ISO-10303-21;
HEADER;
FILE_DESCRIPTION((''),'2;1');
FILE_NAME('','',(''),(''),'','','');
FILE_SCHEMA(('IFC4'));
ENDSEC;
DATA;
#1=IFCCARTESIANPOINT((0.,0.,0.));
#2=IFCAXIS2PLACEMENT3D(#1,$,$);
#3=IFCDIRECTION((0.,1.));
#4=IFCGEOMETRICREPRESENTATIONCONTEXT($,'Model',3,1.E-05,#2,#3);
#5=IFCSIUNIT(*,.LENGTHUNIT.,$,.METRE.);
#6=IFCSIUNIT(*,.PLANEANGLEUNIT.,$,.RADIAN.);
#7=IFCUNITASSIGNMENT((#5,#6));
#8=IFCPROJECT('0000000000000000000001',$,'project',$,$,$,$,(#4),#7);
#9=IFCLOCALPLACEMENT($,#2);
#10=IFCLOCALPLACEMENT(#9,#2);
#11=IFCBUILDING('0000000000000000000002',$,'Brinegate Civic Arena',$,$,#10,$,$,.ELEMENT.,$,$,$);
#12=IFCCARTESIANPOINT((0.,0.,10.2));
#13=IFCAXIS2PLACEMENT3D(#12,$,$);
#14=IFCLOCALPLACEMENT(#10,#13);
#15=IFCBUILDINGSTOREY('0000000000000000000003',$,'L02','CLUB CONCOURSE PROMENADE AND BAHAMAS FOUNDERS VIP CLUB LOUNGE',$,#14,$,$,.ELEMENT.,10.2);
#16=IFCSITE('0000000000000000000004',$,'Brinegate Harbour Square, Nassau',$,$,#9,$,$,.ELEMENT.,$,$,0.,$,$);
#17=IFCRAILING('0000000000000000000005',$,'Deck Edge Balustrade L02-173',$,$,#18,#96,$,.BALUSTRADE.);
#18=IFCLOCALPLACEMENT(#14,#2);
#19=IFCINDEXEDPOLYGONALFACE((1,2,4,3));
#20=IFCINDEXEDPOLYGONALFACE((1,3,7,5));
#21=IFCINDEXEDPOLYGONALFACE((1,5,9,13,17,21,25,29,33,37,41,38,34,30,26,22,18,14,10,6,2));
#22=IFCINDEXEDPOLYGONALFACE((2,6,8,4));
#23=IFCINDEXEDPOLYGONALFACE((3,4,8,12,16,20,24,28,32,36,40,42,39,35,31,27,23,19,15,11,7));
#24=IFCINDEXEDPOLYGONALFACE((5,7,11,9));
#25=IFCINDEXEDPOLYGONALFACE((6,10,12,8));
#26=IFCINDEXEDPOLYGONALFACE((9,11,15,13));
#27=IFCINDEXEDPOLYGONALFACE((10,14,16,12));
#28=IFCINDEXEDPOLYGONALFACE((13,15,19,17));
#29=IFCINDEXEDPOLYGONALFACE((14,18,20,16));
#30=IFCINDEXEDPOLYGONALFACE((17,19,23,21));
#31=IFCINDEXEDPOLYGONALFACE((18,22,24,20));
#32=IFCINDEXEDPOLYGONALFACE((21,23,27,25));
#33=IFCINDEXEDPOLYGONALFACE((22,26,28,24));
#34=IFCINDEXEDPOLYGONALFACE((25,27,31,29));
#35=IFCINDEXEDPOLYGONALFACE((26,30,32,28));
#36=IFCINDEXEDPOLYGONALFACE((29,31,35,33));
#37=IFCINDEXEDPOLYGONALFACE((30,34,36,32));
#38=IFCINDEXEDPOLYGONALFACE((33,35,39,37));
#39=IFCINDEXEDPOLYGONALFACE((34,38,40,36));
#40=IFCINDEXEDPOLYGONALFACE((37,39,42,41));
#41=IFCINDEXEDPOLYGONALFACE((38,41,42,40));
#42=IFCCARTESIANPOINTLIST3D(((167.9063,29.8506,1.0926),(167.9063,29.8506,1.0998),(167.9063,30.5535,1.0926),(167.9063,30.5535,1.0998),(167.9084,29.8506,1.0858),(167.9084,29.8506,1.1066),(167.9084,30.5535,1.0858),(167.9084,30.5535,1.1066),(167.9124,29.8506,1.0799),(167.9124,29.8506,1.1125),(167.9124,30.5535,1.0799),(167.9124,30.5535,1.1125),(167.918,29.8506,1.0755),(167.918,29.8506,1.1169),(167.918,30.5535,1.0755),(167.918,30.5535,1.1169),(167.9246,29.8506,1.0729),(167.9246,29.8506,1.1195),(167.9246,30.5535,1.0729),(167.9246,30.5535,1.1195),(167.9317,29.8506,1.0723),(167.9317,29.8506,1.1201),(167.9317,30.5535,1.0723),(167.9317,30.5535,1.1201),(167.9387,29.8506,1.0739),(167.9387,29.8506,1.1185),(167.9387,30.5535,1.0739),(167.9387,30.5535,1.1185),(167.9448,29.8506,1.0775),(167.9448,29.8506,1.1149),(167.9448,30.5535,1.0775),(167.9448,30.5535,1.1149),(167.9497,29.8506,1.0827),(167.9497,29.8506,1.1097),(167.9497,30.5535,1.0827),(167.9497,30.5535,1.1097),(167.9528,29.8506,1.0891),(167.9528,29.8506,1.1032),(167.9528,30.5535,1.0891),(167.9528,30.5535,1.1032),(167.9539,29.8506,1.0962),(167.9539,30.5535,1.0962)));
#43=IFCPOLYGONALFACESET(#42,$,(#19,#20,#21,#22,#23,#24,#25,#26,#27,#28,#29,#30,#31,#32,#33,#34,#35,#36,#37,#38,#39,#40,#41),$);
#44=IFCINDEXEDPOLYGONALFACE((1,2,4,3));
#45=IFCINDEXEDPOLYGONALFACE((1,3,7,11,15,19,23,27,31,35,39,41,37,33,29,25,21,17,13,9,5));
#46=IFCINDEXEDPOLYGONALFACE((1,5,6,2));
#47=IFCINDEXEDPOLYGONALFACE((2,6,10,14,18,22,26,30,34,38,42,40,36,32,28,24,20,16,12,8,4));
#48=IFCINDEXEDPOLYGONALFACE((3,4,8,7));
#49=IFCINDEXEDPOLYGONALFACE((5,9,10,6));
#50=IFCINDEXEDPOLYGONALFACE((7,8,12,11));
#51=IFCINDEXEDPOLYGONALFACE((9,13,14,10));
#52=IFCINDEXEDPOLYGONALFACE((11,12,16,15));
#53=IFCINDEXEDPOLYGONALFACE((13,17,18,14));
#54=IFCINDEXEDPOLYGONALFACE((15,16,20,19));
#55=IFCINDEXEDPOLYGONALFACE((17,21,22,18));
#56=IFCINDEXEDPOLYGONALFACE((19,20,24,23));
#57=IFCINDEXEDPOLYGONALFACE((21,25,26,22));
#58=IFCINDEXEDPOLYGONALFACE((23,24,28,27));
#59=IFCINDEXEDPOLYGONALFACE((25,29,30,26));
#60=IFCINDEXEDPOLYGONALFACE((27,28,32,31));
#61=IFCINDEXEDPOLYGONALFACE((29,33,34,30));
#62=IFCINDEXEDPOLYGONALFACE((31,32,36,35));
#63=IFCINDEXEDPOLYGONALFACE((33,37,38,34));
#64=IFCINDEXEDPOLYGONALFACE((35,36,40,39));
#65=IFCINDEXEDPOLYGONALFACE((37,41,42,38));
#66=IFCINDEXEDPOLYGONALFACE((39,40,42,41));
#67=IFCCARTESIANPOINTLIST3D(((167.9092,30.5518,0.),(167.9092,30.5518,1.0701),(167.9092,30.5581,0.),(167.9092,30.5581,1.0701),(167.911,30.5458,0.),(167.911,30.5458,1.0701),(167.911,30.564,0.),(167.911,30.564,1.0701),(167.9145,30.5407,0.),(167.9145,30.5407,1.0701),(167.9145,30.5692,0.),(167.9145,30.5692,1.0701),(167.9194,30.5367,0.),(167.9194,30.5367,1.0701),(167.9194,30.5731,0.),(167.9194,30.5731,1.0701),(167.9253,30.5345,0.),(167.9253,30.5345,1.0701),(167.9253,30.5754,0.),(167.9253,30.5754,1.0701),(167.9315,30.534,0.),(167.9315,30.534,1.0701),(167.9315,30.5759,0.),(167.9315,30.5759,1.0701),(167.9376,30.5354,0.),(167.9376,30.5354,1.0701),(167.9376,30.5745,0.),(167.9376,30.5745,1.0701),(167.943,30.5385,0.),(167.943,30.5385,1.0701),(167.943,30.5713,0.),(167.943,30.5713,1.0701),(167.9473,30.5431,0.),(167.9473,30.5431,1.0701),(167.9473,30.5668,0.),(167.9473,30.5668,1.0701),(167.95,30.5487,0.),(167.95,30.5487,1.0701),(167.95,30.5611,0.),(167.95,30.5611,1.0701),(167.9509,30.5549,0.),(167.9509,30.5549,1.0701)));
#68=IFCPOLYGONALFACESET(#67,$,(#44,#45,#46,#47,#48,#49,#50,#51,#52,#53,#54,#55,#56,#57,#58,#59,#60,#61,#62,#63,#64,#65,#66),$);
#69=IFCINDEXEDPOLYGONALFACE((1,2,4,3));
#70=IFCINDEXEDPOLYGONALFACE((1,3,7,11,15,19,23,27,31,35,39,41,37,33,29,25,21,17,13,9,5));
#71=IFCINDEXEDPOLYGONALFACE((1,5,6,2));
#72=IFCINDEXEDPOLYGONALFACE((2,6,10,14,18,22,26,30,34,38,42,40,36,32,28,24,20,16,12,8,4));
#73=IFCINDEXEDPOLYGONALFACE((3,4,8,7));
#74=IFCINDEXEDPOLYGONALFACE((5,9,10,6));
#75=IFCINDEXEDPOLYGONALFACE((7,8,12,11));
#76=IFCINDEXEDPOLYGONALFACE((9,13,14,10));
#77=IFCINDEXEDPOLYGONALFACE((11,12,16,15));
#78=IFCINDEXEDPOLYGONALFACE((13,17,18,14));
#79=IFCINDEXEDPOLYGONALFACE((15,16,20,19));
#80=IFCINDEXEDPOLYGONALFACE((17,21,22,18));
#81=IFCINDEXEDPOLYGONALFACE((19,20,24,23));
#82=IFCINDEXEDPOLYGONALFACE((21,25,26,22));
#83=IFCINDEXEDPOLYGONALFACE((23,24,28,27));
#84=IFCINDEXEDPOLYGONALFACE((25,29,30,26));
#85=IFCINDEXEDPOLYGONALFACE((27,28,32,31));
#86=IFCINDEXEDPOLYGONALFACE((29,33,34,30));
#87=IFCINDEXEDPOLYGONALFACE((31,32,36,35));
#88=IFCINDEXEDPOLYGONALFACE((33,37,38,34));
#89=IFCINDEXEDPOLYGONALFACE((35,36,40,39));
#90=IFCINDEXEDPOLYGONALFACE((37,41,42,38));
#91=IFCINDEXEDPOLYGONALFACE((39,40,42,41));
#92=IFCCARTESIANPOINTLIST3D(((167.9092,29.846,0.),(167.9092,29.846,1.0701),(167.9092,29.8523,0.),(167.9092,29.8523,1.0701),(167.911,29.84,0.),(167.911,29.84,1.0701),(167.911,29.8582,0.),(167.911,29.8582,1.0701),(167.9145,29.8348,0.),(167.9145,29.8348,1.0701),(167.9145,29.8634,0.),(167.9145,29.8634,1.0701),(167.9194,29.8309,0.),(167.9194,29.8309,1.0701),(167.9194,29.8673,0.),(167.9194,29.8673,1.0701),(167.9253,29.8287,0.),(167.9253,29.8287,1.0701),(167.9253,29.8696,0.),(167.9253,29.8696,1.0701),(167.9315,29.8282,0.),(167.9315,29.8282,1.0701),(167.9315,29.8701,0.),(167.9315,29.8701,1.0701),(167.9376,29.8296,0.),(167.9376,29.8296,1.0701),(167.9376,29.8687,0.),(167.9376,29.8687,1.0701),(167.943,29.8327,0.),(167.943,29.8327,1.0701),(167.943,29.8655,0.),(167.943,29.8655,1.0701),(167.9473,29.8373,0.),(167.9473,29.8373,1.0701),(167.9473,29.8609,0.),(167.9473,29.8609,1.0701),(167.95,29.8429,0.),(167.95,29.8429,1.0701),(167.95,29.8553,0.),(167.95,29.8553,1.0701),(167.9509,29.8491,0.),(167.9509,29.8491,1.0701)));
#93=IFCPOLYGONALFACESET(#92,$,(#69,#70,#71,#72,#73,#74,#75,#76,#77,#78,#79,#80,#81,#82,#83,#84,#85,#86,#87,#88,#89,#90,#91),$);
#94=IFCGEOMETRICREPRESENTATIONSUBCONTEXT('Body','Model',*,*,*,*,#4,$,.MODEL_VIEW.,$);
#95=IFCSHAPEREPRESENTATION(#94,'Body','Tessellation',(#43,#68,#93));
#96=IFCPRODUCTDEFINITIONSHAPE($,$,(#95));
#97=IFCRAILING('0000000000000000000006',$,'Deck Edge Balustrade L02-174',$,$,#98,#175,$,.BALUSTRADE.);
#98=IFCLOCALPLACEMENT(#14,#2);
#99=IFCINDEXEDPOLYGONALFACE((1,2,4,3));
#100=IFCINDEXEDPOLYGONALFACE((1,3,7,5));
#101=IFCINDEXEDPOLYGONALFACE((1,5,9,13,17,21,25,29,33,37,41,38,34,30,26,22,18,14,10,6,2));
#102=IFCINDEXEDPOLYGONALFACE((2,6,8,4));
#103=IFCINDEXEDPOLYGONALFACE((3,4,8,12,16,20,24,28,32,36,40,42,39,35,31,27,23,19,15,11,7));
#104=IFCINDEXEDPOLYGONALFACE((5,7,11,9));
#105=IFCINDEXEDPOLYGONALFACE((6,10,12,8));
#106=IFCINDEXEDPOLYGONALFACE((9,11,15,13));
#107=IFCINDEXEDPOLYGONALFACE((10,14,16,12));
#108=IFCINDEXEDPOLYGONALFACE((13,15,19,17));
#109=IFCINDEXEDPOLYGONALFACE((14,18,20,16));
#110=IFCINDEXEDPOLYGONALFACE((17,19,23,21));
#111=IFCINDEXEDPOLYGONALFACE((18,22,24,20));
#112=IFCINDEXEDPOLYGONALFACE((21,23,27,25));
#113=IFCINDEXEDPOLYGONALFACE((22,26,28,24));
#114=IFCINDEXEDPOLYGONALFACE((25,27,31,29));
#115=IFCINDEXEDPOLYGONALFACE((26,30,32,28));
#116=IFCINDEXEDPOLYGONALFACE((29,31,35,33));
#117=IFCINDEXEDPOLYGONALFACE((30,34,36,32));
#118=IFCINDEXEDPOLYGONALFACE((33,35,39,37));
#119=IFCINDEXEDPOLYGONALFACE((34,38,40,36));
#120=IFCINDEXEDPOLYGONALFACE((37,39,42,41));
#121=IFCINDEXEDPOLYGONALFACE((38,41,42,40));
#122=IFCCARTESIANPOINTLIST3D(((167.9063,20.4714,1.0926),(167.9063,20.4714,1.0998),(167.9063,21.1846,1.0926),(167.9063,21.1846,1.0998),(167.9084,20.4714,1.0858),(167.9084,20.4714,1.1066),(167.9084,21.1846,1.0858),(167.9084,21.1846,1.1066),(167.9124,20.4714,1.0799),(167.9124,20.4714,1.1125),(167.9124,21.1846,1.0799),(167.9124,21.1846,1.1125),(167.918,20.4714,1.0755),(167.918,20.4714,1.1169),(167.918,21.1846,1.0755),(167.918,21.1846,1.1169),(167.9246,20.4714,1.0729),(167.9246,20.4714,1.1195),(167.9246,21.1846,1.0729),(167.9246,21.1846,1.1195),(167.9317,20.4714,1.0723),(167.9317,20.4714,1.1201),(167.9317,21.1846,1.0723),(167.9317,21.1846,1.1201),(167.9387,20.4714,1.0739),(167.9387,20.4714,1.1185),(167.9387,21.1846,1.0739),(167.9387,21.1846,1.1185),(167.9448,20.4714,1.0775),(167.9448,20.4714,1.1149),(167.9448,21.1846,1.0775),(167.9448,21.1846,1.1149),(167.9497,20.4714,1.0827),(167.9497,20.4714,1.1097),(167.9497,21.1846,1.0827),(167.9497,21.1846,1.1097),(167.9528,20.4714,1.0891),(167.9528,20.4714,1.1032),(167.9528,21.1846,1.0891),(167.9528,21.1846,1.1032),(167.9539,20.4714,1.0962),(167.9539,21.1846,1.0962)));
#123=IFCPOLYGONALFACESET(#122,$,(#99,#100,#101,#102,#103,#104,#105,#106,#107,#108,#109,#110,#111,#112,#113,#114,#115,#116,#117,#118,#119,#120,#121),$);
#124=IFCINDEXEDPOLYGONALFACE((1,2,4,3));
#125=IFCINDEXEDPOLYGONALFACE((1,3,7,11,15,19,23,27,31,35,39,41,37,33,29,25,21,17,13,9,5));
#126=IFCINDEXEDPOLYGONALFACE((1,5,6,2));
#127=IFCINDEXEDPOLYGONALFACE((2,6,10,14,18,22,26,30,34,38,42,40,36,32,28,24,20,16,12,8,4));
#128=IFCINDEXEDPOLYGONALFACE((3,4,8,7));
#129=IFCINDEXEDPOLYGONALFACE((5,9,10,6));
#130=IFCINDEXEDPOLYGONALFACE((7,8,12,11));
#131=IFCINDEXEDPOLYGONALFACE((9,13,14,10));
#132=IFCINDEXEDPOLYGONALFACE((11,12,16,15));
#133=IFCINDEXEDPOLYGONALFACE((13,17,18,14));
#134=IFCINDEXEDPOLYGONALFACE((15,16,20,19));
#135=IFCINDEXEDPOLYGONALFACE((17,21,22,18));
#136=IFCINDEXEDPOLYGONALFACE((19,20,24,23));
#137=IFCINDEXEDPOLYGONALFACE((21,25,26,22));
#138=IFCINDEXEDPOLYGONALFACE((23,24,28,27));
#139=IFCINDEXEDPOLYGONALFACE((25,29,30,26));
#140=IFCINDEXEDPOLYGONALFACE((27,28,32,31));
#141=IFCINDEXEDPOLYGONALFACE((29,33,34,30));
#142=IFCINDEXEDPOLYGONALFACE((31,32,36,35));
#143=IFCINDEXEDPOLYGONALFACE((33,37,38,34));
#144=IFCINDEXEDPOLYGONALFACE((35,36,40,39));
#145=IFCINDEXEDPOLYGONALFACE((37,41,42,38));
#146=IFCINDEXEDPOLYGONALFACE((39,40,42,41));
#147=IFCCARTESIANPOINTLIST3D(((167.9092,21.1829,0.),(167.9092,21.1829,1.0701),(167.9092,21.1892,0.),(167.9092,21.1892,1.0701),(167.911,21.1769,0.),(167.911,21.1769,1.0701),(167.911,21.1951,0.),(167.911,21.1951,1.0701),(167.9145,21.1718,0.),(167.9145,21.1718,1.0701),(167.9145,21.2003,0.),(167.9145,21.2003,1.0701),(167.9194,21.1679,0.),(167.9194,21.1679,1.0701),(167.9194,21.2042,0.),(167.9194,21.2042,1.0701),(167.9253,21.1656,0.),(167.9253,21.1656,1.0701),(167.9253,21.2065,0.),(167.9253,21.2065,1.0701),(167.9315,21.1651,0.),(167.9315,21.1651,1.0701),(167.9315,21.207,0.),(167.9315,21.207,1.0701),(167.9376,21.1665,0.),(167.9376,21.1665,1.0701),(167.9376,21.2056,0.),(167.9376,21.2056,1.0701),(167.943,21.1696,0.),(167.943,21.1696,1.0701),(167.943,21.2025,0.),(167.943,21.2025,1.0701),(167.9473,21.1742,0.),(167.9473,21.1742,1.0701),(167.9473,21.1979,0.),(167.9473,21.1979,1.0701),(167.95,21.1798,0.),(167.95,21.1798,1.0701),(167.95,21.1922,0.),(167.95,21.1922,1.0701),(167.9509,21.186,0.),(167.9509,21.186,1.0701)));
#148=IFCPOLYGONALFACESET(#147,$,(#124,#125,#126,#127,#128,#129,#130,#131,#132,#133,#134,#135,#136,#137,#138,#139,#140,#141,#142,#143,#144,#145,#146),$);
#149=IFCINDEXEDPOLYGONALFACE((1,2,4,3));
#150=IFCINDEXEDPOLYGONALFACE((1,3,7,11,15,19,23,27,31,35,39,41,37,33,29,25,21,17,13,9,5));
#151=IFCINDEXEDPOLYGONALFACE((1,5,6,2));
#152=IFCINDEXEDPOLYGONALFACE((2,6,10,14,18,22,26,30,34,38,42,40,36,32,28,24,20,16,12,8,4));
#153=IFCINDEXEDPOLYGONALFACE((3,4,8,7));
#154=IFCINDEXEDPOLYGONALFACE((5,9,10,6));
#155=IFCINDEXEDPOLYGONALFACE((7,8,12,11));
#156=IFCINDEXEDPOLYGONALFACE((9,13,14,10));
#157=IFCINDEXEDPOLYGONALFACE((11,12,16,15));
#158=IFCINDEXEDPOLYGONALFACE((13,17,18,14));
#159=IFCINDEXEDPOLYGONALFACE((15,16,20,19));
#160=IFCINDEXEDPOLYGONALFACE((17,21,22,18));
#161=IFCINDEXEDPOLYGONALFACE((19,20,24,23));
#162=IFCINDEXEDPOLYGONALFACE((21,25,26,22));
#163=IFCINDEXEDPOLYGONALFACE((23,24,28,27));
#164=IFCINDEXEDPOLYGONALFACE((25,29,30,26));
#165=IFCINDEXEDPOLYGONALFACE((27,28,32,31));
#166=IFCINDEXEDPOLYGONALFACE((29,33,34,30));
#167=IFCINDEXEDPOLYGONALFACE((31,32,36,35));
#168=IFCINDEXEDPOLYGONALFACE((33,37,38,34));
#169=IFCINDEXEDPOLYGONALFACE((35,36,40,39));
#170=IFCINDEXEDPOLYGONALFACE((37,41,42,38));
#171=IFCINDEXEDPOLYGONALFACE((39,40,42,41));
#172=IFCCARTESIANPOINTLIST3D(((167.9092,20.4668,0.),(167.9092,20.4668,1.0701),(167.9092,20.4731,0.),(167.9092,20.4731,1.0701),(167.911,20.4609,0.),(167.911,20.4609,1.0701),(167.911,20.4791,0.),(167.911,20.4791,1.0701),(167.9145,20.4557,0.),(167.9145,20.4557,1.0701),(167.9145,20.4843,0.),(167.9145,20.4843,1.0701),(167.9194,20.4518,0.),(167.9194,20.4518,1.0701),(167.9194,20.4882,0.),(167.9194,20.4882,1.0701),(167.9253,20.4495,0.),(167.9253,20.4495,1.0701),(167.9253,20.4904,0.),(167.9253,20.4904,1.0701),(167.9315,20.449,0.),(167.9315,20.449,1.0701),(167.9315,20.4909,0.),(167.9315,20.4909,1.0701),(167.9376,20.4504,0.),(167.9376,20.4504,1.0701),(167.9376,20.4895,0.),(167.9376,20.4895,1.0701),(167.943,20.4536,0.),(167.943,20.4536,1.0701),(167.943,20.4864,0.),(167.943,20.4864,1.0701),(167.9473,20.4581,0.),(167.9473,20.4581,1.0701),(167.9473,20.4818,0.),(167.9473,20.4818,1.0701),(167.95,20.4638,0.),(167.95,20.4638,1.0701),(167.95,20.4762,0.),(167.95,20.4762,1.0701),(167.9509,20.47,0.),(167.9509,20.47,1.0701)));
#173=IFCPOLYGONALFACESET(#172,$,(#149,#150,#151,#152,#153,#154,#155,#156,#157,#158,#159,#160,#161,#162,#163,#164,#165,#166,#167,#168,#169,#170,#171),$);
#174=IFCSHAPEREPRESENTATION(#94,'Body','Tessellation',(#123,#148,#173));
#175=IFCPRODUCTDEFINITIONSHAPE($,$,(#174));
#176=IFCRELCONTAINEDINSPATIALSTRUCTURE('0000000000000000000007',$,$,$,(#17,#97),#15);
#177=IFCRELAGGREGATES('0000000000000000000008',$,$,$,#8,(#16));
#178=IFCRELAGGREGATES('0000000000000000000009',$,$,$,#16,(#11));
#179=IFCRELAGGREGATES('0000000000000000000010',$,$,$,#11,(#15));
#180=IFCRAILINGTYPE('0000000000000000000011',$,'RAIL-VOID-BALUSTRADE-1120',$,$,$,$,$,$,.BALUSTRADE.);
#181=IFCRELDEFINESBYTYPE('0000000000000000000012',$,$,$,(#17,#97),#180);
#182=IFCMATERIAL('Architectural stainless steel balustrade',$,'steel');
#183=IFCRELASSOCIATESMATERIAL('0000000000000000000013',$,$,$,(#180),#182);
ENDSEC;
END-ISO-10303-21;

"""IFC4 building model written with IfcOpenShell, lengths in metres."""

from ifc_helpers import new_model, si_unit, direction, frame, origin, origin_2d, place, context, subcontext, project, spatial, circle, extrude, material, type_object, element, save


model = new_model("IFC4")

# Units and contexts
model_context = context("Model", 3, precision=1e-05, world=origin(), true_north=direction((0.0, 1.0)))
body_context = subcontext(model_context, "Body", "Model", "MODEL_VIEW")
ifc_project = project(units=[si_unit("LENGTHUNIT", "METRE"), si_unit("PLANEANGLEUNIT", "RADIAN")], contexts=[model_context])

# Site, building, storey
site_placement = place(None, origin())
site = spatial("IfcSite", under=ifc_project, at=site_placement, Name="Brinegate Harbour Square, Nassau", CompositionType="ELEMENT", RefElevation=0.0)
building_placement = place(site_placement, origin())
building = spatial("IfcBuilding", under=site, at=building_placement, Name="Brinegate Civic Arena", CompositionType="ELEMENT")
storey_placement = place(building_placement, frame((0.0, 0.0, 10.2)))
storey = spatial("IfcBuildingStorey", under=building, at=storey_placement, Name="L02", Description="CLUB CONCOURSE PROMENADE AND BAHAMAS FOUNDERS VIP CLUB LOUNGE", CompositionType="ELEMENT", Elevation=10.2)

# Railings
ifc_material_1 = material(Name="Architectural stainless steel balustrade", Category="steel")
railing_type_1 = type_object("IfcRailingType", Name="RAIL-VOID-BALUSTRADE-1120", PredefinedType="BALUSTRADE", material=ifc_material_1)
railing_1_placement = place(storey_placement, frame((167.9299, 30.5549, 0.0)))
element("IfcRailing", 1, at=railing_1_placement, inside=storey, type_object=railing_type_1, Name="Deck Edge Balustrade L02-173", PredefinedType="BALUSTRADE", context=body_context, shape_type="SweptSolid", body=[
    extrude(circle(Radius=0.0239, at=origin_2d()), frame((0.0, -0.0015, 1.0962), z_axis=(0.0, -1.0, 0.0), x_axis=(1.0, 0.0, 0.0)), (0.0, 0.0, 1.0), 0.7029),
    extrude(circle(Radius=0.021, at=origin_2d()), origin(), (0.0, 0.0, 1.0), 1.0701),
    extrude(circle(Radius=0.021, at=origin_2d()), frame((0.0, -0.7058, 0.0)), (0.0, 0.0, 1.0), 1.0701),
])
railing_2_placement = place(storey_placement, frame((167.9299, 21.186, 0.0)))
element("IfcRailing", 2, at=railing_2_placement, inside=storey, type_object=railing_type_1, Name="Deck Edge Balustrade L02-174", PredefinedType="BALUSTRADE", context=body_context, shape_type="SweptSolid", body=[
    extrude(circle(Radius=0.0239, at=origin_2d()), frame((0.0, -0.0015, 1.0962), z_axis=(0.0, -1.0, 0.0), x_axis=(1.0, 0.0, 0.0)), (0.0, 0.0, 1.0), 0.7131),
    extrude(circle(Radius=0.021, at=origin_2d()), origin(), (0.0, 0.0, 1.0), 1.0701),
    extrude(circle(Radius=0.021, at=origin_2d()), frame((0.0, -0.7161, 0.0)), (0.0, 0.0, 1.0), 1.0701),
])

save(model, "model.ifc")
